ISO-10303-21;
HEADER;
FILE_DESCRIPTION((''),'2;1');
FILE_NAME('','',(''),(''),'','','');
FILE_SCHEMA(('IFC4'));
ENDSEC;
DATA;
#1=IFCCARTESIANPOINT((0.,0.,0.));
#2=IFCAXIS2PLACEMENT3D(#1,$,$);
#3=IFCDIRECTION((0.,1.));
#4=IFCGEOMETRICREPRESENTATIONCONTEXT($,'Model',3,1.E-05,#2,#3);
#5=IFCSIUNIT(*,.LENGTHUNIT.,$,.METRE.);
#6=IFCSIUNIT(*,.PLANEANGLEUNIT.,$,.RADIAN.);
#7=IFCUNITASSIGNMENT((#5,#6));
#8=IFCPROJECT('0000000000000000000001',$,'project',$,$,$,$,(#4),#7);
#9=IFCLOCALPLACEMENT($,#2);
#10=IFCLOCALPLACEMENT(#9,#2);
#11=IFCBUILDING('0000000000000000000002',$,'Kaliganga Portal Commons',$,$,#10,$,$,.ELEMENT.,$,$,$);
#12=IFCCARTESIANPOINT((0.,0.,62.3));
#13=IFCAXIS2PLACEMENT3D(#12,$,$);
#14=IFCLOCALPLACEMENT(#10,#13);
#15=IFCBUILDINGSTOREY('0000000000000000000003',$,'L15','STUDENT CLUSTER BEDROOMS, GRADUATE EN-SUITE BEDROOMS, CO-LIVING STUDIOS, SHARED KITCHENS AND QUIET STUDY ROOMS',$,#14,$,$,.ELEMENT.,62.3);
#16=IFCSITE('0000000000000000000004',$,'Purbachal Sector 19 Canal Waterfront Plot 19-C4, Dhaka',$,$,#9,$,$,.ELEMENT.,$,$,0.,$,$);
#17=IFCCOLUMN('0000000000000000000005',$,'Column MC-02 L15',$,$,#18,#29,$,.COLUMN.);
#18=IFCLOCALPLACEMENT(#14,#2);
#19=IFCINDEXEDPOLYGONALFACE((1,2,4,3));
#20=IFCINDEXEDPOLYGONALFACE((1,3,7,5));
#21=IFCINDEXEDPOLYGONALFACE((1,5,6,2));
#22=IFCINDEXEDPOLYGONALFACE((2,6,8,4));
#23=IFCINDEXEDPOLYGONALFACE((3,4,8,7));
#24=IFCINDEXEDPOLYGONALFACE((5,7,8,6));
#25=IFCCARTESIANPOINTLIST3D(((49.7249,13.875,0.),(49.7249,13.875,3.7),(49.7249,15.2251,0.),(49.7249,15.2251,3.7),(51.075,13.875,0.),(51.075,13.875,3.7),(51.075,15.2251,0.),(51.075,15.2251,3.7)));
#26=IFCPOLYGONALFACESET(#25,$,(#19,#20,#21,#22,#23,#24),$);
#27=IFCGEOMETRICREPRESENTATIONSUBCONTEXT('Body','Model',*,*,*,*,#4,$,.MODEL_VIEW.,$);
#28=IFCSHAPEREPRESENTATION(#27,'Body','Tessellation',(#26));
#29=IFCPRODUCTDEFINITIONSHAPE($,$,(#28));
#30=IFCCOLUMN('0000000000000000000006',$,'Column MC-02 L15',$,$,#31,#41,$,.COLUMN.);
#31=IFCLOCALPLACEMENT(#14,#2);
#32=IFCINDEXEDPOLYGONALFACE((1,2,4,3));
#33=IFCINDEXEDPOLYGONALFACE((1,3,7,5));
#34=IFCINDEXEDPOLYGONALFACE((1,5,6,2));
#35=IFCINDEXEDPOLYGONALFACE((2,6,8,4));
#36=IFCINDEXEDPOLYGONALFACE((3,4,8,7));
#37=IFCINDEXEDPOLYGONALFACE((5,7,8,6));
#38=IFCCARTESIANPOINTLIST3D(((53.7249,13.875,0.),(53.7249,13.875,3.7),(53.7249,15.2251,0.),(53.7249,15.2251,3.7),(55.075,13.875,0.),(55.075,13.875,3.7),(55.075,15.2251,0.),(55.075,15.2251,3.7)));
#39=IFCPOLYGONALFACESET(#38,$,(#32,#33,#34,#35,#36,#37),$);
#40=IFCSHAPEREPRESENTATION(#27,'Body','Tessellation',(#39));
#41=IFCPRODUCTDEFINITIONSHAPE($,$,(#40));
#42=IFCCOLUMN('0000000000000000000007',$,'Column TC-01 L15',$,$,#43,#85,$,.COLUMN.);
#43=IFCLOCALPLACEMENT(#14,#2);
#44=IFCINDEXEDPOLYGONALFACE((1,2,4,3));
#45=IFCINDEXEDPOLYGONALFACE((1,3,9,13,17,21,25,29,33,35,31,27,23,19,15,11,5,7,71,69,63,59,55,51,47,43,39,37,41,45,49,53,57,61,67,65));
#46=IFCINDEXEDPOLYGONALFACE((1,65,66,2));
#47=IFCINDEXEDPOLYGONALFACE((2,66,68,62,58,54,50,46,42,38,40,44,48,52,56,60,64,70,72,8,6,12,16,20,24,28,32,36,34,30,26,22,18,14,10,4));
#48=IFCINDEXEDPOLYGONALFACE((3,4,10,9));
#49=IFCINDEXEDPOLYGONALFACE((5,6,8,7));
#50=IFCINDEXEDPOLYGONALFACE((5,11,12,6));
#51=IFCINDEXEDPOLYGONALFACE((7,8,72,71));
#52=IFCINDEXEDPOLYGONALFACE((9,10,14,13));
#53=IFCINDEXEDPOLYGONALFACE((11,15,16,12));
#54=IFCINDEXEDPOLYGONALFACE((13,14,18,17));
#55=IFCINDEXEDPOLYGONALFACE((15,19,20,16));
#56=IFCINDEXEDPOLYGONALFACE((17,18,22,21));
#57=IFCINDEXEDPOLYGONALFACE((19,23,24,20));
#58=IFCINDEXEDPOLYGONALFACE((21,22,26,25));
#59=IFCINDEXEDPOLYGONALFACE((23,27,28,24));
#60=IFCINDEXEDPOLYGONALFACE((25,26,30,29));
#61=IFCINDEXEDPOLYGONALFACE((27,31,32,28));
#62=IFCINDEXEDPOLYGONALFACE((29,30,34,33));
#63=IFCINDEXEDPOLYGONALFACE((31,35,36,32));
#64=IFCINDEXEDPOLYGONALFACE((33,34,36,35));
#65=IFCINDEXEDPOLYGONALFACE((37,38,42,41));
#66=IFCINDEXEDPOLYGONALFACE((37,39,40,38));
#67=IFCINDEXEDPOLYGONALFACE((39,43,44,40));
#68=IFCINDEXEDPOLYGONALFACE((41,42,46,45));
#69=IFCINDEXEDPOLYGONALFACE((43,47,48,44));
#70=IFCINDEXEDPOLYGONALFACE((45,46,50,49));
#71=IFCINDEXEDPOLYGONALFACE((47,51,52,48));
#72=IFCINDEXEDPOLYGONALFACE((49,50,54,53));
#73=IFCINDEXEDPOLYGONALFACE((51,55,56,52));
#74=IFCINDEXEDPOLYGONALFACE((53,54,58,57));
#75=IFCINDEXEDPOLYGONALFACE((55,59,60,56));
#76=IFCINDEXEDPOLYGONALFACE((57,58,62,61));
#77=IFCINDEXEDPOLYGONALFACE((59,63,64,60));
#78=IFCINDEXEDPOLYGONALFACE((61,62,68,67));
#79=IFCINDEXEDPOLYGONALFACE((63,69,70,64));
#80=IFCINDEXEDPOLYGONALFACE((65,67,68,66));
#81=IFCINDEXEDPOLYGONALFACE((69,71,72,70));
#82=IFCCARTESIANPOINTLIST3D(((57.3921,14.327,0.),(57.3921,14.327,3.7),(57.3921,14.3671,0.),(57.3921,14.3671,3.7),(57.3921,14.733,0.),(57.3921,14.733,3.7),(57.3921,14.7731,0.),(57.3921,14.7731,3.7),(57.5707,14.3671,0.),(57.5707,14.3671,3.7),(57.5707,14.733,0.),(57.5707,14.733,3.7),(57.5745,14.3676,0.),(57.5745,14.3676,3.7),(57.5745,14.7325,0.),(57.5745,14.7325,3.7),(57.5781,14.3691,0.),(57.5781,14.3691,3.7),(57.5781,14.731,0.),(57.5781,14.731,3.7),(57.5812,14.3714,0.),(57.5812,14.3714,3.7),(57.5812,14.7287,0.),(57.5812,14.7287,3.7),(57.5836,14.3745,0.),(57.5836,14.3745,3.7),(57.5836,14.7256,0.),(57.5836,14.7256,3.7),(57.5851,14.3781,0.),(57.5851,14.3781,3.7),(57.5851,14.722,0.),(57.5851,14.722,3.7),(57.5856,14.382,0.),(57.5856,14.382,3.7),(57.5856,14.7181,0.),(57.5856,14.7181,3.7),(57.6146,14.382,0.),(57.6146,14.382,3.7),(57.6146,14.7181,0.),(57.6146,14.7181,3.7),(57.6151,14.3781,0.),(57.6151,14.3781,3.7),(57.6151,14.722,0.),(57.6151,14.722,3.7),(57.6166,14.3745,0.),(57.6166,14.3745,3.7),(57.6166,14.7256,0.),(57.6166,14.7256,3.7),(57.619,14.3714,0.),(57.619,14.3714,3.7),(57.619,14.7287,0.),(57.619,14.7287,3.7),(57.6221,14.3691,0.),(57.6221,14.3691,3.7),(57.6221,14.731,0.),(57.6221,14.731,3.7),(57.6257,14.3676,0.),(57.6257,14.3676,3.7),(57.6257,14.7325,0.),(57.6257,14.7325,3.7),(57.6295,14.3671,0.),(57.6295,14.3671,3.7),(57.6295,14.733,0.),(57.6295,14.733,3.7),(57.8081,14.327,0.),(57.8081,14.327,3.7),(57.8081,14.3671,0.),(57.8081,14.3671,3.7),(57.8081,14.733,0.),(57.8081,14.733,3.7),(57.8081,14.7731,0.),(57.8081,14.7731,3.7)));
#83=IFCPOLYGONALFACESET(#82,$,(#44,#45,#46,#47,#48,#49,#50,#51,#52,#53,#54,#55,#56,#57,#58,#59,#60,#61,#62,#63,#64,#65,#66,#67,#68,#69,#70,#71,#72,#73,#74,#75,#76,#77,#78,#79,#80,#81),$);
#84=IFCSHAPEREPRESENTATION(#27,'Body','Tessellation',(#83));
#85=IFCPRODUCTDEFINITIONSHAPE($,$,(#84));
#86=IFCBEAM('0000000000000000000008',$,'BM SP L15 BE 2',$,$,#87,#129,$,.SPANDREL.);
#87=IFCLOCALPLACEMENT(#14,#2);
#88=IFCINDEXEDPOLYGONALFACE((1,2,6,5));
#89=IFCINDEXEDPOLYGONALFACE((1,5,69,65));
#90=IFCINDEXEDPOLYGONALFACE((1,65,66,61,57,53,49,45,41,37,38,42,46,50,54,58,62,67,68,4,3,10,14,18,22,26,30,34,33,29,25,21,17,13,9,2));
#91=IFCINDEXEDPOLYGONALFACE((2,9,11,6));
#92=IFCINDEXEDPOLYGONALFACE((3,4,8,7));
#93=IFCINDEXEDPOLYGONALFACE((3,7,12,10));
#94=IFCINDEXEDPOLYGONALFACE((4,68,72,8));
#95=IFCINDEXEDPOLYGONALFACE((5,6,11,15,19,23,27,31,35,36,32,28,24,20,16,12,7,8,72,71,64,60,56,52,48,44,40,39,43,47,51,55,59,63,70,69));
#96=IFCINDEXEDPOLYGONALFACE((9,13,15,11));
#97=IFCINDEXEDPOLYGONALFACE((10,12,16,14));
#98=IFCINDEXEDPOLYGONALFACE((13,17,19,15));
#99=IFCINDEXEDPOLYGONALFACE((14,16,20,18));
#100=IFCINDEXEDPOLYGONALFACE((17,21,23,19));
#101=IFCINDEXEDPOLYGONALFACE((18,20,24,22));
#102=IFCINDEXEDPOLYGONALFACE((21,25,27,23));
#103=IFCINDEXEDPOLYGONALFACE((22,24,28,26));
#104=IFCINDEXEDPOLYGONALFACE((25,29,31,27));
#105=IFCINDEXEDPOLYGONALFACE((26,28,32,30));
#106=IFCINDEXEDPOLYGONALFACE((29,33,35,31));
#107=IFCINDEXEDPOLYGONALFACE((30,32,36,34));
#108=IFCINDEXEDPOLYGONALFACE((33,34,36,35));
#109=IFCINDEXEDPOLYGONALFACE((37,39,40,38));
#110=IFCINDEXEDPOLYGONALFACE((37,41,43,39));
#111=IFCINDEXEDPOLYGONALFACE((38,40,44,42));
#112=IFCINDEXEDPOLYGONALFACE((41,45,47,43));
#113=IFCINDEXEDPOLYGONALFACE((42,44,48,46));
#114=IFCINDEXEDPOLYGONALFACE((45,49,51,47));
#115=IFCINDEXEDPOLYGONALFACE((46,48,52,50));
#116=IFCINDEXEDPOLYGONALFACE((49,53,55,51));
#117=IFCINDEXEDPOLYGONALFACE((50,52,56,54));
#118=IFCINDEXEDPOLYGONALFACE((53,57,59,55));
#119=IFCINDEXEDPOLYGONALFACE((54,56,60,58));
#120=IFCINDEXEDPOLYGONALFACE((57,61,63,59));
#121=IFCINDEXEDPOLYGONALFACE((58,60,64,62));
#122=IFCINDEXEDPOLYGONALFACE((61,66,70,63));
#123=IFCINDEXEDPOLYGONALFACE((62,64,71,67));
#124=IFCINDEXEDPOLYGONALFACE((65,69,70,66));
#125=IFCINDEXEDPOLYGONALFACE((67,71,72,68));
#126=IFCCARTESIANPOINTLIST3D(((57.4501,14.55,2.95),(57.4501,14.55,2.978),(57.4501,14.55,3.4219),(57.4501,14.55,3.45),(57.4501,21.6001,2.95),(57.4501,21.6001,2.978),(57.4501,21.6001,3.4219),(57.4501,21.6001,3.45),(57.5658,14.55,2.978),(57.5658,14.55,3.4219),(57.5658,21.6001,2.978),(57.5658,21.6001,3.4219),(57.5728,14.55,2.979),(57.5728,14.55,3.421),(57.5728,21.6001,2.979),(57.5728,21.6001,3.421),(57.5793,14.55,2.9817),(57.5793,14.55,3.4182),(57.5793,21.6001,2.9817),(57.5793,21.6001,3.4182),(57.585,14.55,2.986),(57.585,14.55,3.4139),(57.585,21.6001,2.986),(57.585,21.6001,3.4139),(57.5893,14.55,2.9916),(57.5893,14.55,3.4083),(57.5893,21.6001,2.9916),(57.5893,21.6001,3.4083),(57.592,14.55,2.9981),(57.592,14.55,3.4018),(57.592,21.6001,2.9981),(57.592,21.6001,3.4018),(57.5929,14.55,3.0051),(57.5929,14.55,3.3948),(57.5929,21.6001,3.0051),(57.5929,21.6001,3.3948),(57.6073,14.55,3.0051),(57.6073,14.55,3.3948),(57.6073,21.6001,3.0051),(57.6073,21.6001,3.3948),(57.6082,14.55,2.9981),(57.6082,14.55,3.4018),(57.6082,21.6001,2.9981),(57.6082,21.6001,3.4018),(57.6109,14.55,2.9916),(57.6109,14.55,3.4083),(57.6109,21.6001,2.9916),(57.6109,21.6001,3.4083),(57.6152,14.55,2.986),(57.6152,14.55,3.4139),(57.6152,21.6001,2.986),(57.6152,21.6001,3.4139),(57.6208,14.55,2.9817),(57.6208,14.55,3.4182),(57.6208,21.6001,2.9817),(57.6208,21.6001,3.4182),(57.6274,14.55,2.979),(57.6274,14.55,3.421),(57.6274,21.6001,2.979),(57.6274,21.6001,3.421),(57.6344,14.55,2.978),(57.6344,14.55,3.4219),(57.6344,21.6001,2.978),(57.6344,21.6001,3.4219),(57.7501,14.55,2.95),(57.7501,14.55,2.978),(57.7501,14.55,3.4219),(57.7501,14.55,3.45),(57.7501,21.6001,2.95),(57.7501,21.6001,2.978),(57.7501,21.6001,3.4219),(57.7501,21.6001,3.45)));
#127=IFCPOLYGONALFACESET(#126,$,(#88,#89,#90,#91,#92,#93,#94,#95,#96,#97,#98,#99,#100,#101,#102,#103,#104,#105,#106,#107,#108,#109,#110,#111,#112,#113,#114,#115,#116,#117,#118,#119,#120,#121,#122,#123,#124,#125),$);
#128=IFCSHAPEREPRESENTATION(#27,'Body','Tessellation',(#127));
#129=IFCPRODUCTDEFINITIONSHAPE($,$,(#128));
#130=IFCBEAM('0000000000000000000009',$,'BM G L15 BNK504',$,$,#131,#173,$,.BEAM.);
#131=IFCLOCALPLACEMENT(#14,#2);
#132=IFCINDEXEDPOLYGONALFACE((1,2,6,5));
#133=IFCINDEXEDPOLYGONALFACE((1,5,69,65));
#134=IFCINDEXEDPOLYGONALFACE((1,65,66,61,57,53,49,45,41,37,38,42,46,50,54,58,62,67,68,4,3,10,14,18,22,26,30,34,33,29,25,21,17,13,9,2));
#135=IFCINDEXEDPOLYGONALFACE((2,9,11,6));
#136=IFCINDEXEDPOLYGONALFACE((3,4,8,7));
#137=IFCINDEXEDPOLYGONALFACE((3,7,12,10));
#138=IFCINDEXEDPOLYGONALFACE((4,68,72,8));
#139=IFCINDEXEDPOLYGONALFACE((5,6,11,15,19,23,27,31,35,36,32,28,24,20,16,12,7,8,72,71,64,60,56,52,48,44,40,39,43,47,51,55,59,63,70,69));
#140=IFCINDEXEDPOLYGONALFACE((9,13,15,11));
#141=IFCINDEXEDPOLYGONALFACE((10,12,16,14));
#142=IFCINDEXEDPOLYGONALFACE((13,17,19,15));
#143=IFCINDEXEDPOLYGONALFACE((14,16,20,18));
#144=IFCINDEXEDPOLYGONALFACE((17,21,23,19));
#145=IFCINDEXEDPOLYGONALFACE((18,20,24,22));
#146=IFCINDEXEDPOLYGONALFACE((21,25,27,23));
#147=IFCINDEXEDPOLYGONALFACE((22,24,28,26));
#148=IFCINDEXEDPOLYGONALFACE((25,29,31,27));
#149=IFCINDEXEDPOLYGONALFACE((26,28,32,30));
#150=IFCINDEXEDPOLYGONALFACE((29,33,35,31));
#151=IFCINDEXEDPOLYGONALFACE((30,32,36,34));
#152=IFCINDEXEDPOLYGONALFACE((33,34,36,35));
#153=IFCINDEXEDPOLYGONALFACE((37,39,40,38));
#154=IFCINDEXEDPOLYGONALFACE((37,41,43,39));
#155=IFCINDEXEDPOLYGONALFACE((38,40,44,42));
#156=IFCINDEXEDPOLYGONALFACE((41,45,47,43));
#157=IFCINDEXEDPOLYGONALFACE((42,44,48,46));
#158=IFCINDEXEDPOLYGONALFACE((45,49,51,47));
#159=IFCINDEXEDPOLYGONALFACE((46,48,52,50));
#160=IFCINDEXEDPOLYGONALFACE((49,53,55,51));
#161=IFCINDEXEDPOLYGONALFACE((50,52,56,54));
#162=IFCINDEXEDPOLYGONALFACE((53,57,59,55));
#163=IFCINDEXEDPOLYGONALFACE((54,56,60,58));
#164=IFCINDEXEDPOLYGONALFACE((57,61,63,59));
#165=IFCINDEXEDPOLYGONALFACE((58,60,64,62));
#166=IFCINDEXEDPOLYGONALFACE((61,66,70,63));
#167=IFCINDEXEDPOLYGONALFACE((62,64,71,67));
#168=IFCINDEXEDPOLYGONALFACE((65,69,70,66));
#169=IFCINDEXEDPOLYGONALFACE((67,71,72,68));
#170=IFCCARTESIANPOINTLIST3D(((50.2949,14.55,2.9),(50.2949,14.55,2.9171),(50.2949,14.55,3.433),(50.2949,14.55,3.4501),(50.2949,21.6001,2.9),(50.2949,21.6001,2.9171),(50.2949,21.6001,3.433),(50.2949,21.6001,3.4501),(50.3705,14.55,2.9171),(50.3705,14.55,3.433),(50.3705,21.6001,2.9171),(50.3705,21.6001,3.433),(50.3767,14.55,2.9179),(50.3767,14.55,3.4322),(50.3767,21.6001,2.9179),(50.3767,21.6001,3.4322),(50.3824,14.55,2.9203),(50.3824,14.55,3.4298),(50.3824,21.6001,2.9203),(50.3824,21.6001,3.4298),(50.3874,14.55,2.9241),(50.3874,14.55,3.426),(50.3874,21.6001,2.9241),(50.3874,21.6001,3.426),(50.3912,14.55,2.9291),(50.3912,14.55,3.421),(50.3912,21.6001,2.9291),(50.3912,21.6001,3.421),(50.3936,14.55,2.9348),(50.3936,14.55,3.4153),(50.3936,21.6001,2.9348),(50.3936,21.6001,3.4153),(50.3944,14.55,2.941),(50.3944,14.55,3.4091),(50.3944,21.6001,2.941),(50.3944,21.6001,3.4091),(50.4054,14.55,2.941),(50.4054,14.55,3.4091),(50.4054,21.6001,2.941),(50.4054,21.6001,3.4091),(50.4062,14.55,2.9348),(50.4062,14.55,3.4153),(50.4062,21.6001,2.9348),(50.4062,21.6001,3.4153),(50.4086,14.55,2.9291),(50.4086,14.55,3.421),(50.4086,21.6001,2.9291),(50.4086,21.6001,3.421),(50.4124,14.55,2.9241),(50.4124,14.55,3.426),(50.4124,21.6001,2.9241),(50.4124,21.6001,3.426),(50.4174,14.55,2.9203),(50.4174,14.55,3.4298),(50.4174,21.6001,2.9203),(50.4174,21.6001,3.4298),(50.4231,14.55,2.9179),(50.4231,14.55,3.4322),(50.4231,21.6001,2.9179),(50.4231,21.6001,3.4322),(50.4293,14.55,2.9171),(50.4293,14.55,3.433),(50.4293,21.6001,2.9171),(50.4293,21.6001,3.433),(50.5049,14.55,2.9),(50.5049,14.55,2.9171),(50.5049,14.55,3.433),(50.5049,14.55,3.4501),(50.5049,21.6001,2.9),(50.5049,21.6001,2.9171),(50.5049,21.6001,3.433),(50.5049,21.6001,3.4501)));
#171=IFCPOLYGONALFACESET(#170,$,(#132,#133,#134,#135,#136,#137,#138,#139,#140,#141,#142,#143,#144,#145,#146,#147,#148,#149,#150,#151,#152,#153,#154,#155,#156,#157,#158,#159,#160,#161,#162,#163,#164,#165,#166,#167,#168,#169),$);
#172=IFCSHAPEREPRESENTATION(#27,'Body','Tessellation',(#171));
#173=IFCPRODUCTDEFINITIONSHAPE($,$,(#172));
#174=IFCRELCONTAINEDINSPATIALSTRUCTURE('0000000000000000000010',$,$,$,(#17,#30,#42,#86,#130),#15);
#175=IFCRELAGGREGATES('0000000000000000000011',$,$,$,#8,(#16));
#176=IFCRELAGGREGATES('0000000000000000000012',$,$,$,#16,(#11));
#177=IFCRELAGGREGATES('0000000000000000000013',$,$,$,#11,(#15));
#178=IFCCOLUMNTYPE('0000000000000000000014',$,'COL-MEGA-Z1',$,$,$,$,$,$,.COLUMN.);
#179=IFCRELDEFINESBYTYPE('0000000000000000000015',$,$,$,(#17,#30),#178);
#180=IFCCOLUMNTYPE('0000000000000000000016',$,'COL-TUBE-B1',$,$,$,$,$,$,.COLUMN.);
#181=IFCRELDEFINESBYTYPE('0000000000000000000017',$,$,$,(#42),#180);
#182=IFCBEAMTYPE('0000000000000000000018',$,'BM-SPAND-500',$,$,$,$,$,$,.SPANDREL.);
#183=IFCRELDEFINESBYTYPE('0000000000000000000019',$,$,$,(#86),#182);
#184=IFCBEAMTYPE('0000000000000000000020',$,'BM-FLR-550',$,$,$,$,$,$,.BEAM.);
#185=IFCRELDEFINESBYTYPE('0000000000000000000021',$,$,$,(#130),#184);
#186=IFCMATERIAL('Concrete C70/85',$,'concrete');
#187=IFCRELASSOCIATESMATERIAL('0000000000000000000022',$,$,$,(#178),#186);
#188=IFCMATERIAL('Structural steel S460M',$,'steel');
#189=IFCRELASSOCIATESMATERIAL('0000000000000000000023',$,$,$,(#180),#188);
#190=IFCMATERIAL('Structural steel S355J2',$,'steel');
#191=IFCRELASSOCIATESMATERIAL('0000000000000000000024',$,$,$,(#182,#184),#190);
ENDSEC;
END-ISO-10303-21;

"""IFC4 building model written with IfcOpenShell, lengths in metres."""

from ifc_helpers import new_model, si_unit, direction, frame, origin, origin_2d, place, context, subcontext, project, spatial, rectangle, i_section, extrude, source, transform, mapped, material, material_profile, profile_set, type_object, element, save


model = new_model("IFC4")

# Units and contexts
model_context = context("Model", 3, precision=1e-05, world=origin(), true_north=direction((0.0, 1.0)))
body_context = subcontext(model_context, "Body", "Model", "MODEL_VIEW")
ifc_project = project(units=[si_unit("LENGTHUNIT", "METRE"), si_unit("PLANEANGLEUNIT", "RADIAN")], contexts=[model_context])

# Site, building, storey
site_placement = place(None, origin())
site = spatial("IfcSite", under=ifc_project, at=site_placement, Name="Purbachal Sector 19 Canal Waterfront Plot 19-C4, Dhaka", CompositionType="ELEMENT", RefElevation=0.0)
building_placement = place(site_placement, origin())
building = spatial("IfcBuilding", under=site, at=building_placement, Name="Kaliganga Portal Commons", CompositionType="ELEMENT")
storey_placement = place(building_placement, frame((0.0, 0.0, 62.3)))
storey = spatial("IfcBuildingStorey", under=building, at=storey_placement, Name="L15", Description="STUDENT CLUSTER BEDROOMS, GRADUATE EN-SUITE BEDROOMS, CO-LIVING STUDIOS, SHARED KITCHENS AND QUIET STUDY ROOMS", CompositionType="ELEMENT", Elevation=62.3)

# Columns
ifc_material_1 = material(Name="Concrete C70/85", Category="concrete")
ifc_material_profile_1 = material_profile(ifc_material_1, rectangle(XDim=1.3501, YDim=1.3501, at=origin_2d()), Name="RC 1350x1350")
ifc_profile_set_1 = profile_set([ifc_material_profile_1], Name="Concrete C70/85")
column_type_1 = type_object("IfcColumnType", Name="COL-MEGA-Z1", PredefinedType="COLUMN", material=ifc_profile_set_1)
shared_shape_1 = source(origin(), body_context, "Body", "SweptSolid", [
    extrude(rectangle(XDim=1.3501, YDim=1.3501, at=origin_2d()), origin(), (0.0, 0.0, 1.0), 3.7),
])
for number, where, z_axis, x_axis, name in (
    (1, (50.3999, 14.55, 0.0), (0.0, 0.0, 1.0), (1.0, 0.0, 0.0), "Column MC-02 L15"),
    (2, (54.3999, 14.55, 0.0), (0.0, 0.0, 1.0), (1.0, 0.0, 0.0), "Column MC-02 L15"),
):
    element("IfcColumn", number, at=place(storey_placement, frame(where, z_axis=z_axis, x_axis=x_axis)), inside=storey, type_object=column_type_1, Name=name, PredefinedType="COLUMN", context=body_context, shape_type="MappedRepresentation", body=[
        mapped(shared_shape_1, transform((0.0, 0.0, 0.0), x_axis=(1.0, 0.0, 0.0), y_axis=(0.0, 1.0, 0.0), z_axis=(0.0, 0.0, 1.0), scale=1.0)),
    ])
ifc_material_2 = material(Name="Structural steel S460M", Category="steel")
ifc_material_profile_2 = material_profile(ifc_material_2, i_section(OverallWidth=0.416, OverallDepth=0.446, WebThickness=0.0291, FlangeThickness=0.04, FilletRadius=0.0149, at=origin_2d()), Name="HD 400x509")
ifc_profile_set_2 = profile_set([ifc_material_profile_2], Name="Structural steel S460M wide-flange")
column_type_2 = type_object("IfcColumnType", Name="COL-TUBE-B1", PredefinedType="COLUMN", material=ifc_profile_set_2)
shared_shape_2 = source(origin(), body_context, "Body", "SweptSolid", [
    extrude(i_section(OverallWidth=0.416, OverallDepth=0.446, WebThickness=0.0291, FlangeThickness=0.04, FilletRadius=0.0149, at=origin_2d()), origin(), (0.0, 0.0, 1.0), 3.7),
])
column_placement = place(storey_placement, frame((57.6001, 14.55, 0.0), z_axis=(0.0, 0.0, 1.0), x_axis=(1.0, 0.0, 0.0)))
element("IfcColumn", 3, at=column_placement, inside=storey, type_object=column_type_2, Name="Column TC-01 L15", PredefinedType="COLUMN", context=body_context, shape_type="MappedRepresentation", body=[
    mapped(shared_shape_2, transform((0.0, 0.0, 0.0), x_axis=(1.0, 0.0, 0.0), y_axis=(0.0, 1.0, 0.0), z_axis=(0.0, 0.0, 1.0), scale=1.0)),
])

# Beams
ifc_material_3 = material(Name="Structural steel S355J2", Category="steel")
ifc_material_profile_3 = material_profile(ifc_material_3, i_section(OverallWidth=0.3, OverallDepth=0.5, WebThickness=0.0144, FlangeThickness=0.0281, FilletRadius=0.0271, at=origin_2d()), Name="HE 500 B")
ifc_profile_set_3 = profile_set([ifc_material_profile_3], Name="Structural steel S355J2 wide-flange")
beam_type_1 = type_object("IfcBeamType", Name="BM-SPAND-500", PredefinedType="SPANDREL", material=ifc_profile_set_3)
shared_shape_3 = source(origin(), body_context, "Body", "SweptSolid", [
    extrude(i_section(OverallWidth=0.3, OverallDepth=0.5, WebThickness=0.0144, FlangeThickness=0.0281, FilletRadius=0.0271, at=origin_2d()), origin(), (0.0, 0.0, 1.0), 7.05),
])
beam_1_placement = place(storey_placement, frame((57.6001, 14.55, 3.2), z_axis=(0.0, 1.0, 0.0), x_axis=(-1.0, 0.0, 0.0)))
element("IfcBeam", 4, at=beam_1_placement, inside=storey, type_object=beam_type_1, Name="BM SP L15 BE 2", PredefinedType="SPANDREL", context=body_context, shape_type="MappedRepresentation", body=[
    mapped(shared_shape_3, transform((0.0, 0.0, 0.0), x_axis=(1.0, 0.0, 0.0), y_axis=(0.0, 1.0, 0.0), z_axis=(0.0, 0.0, 1.0), scale=1.0)),
])
ifc_material_profile_4 = material_profile(ifc_material_3, i_section(OverallWidth=0.21, OverallDepth=0.55, WebThickness=0.011, FlangeThickness=0.0171, FilletRadius=0.0239, at=origin_2d()), Name="IPE 550")
ifc_profile_set_4 = profile_set([ifc_material_profile_4], Name="Structural steel S355J2 wide-flange")
beam_type_2 = type_object("IfcBeamType", Name="BM-FLR-550", PredefinedType="BEAM", material=ifc_profile_set_4)
shared_shape_4 = source(origin(), body_context, "Body", "SweptSolid", [
    extrude(i_section(OverallWidth=0.21, OverallDepth=0.55, WebThickness=0.011, FlangeThickness=0.0171, FilletRadius=0.0239, at=origin_2d()), origin(), (0.0, 0.0, 1.0), 7.05),
])
for number, where, z_axis, x_axis, name in (
    (5, (50.3999, 14.55, 3.175), (0.0, 1.0, 0.0), (-1.0, 0.0, 0.0), "BM G L15 BNK504"),
):
    element("IfcBeam", number, at=place(storey_placement, frame(where, z_axis=z_axis, x_axis=x_axis)), inside=storey, type_object=beam_type_2, Name=name, PredefinedType="BEAM", context=body_context, shape_type="MappedRepresentation", body=[
        mapped(shared_shape_4, transform((0.0, 0.0, 0.0), x_axis=(1.0, 0.0, 0.0), y_axis=(0.0, 1.0, 0.0), z_axis=(0.0, 0.0, 1.0), scale=1.0)),
    ])

save(model, "model.ifc")
